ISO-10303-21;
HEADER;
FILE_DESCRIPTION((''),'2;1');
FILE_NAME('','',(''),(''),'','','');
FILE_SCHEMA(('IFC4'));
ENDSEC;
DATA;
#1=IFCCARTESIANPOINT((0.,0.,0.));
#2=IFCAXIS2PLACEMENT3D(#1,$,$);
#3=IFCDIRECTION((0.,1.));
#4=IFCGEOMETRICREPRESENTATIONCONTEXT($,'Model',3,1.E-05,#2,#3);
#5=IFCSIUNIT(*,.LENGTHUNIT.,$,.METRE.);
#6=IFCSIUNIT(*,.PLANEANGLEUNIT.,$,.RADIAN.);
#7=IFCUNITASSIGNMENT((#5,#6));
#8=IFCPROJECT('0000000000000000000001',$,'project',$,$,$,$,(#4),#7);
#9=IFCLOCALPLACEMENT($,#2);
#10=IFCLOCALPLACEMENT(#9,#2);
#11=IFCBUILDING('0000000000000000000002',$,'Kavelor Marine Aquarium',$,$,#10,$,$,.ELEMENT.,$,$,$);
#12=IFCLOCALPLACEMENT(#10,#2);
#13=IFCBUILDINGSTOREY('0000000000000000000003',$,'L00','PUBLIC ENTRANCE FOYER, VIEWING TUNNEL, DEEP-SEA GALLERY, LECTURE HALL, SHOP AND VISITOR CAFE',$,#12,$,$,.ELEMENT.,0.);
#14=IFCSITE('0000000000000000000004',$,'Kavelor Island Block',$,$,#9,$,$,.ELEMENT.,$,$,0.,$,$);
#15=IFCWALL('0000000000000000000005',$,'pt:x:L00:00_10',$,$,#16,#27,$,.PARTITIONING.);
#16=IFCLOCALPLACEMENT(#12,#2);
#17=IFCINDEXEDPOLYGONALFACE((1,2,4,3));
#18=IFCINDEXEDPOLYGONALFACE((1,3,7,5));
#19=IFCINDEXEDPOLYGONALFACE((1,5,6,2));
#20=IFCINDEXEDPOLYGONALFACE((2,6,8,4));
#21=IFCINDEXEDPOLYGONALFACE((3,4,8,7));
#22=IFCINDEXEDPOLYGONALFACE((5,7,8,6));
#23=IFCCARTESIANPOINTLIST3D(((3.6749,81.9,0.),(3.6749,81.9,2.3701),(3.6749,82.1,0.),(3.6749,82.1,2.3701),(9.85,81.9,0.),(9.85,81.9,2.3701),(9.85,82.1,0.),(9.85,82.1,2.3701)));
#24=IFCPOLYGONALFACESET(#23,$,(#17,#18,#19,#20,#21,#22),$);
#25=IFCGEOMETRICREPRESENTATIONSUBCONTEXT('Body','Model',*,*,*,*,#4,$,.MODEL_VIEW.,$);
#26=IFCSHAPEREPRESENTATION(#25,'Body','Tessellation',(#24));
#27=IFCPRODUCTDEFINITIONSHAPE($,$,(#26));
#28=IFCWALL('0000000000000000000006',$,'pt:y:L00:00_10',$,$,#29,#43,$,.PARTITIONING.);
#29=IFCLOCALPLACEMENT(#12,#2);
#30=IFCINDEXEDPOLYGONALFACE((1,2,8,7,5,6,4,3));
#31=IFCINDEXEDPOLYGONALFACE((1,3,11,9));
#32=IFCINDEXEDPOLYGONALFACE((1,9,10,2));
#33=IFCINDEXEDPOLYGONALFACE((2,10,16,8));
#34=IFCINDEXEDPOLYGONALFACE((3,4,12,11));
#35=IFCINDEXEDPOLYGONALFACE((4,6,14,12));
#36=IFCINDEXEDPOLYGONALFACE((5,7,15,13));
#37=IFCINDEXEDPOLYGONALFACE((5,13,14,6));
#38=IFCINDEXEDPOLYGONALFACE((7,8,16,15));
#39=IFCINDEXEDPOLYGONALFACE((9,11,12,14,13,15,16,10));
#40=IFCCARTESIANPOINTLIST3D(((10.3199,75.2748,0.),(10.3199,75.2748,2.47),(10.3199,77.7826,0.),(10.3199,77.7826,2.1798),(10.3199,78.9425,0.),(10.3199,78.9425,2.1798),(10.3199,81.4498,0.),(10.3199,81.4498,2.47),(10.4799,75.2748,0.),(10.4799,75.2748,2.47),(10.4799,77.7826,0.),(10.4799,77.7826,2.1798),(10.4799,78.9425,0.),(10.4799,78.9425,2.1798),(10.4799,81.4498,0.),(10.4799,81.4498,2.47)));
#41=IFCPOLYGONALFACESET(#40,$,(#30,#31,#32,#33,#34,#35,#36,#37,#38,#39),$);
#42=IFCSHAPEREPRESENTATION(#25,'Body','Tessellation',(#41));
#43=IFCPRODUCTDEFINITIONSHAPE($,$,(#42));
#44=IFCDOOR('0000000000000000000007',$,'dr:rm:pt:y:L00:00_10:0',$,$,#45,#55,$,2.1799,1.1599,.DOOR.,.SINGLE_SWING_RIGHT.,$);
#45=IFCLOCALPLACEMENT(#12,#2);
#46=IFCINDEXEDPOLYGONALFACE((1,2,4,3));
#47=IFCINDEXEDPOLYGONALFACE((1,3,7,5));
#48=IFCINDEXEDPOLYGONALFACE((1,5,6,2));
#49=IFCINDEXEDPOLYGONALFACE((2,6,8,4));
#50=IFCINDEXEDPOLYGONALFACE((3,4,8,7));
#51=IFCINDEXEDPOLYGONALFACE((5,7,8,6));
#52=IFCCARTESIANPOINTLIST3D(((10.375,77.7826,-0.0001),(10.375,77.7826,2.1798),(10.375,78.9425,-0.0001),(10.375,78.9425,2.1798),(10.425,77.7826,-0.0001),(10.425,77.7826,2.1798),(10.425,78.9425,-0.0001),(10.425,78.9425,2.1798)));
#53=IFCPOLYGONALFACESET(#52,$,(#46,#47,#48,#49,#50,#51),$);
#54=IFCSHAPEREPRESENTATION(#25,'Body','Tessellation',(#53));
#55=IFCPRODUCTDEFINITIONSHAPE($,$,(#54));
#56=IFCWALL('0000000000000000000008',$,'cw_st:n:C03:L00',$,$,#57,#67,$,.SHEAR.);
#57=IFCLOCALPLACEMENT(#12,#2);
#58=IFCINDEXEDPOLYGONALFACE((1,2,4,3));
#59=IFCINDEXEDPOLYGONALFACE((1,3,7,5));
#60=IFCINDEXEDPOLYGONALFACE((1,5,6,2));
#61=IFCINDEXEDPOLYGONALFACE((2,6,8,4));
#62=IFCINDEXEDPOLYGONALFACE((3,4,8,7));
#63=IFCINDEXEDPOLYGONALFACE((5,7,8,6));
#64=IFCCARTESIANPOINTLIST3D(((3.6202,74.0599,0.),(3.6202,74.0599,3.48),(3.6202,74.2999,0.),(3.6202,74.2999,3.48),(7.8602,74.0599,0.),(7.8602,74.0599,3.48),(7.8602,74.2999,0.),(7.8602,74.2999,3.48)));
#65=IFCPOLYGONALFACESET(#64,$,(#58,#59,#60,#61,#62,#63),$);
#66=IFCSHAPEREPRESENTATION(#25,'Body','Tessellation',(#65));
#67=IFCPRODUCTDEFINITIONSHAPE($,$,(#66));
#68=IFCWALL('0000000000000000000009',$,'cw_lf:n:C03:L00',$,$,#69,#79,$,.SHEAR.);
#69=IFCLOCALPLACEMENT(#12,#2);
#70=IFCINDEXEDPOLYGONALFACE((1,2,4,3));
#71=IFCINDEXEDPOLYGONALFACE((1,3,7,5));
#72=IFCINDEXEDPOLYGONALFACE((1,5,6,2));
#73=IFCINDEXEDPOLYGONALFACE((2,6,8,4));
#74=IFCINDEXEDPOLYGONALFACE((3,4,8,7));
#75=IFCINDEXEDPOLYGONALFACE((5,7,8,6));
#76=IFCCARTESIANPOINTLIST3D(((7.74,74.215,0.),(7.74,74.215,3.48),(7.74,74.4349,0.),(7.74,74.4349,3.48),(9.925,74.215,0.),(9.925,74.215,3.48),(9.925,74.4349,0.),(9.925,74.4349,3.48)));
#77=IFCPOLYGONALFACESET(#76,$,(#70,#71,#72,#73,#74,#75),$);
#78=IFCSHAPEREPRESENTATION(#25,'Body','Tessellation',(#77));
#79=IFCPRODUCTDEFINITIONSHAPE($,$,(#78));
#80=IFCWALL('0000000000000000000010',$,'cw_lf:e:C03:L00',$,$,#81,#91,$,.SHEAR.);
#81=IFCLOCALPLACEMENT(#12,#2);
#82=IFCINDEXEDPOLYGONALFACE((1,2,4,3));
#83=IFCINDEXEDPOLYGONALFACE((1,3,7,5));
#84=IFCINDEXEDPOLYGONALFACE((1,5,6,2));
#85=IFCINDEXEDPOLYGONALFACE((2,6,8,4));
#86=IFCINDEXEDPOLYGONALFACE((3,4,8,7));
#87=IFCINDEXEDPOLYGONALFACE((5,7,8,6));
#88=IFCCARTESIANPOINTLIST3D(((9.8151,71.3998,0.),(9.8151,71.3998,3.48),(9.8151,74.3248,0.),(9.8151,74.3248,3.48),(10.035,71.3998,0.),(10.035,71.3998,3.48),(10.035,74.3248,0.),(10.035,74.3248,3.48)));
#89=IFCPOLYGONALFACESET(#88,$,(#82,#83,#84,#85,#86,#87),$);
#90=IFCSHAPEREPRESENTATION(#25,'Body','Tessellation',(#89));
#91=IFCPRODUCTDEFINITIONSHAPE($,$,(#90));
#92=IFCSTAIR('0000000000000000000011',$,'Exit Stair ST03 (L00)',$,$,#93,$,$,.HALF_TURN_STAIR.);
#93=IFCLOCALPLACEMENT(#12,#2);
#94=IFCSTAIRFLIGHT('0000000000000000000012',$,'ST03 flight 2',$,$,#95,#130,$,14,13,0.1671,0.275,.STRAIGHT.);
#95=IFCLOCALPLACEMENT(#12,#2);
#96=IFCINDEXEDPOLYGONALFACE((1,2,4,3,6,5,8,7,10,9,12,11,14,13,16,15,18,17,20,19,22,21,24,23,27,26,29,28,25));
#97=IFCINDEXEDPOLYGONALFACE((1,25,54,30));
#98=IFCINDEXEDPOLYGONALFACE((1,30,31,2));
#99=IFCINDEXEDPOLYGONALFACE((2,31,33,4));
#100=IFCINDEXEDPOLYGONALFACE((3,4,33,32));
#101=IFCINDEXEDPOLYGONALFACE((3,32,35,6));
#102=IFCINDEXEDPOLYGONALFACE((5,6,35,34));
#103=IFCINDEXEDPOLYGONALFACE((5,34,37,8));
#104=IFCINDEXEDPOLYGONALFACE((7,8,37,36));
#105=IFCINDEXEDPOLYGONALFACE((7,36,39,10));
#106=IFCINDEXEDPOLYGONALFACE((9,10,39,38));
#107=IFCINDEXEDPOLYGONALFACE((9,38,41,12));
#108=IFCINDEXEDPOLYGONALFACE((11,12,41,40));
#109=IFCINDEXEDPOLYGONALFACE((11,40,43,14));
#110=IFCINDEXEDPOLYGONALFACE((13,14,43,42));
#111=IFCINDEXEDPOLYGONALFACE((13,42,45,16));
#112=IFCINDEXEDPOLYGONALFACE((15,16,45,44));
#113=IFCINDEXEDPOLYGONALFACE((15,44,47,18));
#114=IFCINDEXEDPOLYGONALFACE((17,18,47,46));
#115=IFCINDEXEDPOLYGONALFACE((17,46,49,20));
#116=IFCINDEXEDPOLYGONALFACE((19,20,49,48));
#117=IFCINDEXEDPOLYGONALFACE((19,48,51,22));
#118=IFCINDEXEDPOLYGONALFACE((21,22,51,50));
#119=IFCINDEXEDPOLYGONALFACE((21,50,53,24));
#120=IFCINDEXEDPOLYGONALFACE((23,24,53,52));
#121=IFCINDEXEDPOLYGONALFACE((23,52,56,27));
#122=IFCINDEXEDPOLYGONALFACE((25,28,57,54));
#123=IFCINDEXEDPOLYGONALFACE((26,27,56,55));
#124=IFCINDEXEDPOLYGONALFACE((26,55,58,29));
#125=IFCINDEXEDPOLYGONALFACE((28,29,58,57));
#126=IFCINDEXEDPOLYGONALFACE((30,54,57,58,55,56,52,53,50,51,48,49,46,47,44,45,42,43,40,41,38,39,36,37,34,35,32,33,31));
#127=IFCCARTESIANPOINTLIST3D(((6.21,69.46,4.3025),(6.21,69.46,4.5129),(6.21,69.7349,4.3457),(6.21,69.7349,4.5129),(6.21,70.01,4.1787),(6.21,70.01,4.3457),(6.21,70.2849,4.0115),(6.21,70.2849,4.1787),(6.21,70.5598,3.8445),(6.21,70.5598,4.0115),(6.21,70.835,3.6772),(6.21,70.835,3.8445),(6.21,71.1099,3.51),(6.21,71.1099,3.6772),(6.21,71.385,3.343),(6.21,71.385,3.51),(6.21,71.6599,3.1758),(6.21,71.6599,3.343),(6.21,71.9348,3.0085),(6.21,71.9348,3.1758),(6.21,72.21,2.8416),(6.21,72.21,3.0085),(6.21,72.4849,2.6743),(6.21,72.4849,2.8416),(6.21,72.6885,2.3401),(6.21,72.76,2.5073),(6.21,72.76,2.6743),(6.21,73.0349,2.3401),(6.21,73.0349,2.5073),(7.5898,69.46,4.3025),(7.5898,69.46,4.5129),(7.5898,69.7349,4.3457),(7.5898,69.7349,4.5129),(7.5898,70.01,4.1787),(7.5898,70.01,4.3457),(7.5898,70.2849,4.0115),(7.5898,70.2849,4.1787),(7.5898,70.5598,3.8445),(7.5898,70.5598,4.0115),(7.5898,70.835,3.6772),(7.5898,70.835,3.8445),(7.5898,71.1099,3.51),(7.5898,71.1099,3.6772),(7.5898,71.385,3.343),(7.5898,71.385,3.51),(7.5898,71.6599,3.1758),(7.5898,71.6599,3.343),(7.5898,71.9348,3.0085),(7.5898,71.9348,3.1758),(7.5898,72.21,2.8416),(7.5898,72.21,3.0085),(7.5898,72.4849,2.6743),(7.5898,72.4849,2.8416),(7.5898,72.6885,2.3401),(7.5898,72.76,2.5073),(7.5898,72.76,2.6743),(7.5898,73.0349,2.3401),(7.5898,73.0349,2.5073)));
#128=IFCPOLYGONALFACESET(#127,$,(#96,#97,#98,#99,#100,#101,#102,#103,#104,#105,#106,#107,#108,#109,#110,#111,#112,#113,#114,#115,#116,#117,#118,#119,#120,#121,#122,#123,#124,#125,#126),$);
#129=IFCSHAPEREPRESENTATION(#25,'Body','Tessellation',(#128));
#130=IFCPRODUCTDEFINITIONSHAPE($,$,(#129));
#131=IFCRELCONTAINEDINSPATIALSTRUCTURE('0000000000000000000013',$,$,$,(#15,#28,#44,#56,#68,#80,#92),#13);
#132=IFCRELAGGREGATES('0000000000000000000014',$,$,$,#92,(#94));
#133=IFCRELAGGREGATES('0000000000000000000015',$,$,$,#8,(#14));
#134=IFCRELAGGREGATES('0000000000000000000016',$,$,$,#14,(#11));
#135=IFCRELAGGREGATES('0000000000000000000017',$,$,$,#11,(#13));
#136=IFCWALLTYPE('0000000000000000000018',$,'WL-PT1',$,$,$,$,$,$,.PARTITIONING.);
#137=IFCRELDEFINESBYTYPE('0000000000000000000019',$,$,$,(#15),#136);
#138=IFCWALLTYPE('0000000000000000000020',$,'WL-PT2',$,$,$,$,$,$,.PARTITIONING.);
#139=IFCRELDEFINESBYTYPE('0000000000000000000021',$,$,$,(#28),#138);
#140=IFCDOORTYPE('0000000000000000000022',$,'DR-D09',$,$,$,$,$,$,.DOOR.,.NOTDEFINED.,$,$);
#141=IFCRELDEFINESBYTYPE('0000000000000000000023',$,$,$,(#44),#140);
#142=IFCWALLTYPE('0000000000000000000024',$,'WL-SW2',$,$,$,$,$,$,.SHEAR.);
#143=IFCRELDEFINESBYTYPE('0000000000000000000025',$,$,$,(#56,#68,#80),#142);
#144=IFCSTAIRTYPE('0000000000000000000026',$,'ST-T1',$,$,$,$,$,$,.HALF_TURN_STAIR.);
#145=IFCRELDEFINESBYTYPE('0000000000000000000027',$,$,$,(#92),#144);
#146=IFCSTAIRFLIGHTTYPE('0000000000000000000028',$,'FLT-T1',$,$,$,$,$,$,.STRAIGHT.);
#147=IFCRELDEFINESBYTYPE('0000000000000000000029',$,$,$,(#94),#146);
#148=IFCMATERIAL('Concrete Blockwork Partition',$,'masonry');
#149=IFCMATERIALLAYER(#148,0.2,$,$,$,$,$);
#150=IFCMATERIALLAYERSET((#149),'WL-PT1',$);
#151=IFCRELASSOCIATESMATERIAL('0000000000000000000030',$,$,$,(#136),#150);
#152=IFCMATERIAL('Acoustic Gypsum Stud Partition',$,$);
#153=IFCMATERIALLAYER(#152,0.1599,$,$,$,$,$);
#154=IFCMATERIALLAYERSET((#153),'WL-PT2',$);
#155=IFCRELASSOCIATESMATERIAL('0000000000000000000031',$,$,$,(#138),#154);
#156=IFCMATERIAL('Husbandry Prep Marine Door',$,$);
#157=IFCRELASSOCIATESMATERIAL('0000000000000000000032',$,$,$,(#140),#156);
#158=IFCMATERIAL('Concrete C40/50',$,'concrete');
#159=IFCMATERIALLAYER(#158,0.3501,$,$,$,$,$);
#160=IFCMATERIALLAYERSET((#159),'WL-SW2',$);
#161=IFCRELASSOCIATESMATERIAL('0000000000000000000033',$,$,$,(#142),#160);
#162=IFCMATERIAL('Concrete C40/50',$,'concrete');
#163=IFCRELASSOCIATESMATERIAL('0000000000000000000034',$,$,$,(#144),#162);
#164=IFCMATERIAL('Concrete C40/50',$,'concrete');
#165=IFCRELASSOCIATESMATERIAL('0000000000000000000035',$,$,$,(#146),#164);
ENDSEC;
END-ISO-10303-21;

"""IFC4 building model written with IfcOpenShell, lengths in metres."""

from ifc_helpers import new_model, si_unit, direction, frame, frame_2d, origin, place, context, subcontext, project, spatial, polyline, rectangle, outline, extrude, material, layer, layer_set, type_object, element, fill, aggregate, save


model = new_model("IFC4")

# Units and contexts
model_context = context("Model", 3, precision=1e-05, world=origin(), true_north=direction((0.0, 1.0)))
body_context = subcontext(model_context, "Body", "Model", "MODEL_VIEW")
ifc_project = project(units=[si_unit("LENGTHUNIT", "METRE"), si_unit("PLANEANGLEUNIT", "RADIAN")], contexts=[model_context])

# Site, building, storey
site_placement = place(None, origin())
site = spatial("IfcSite", under=ifc_project, at=site_placement, Name="Kavelor Island Block", CompositionType="ELEMENT", RefElevation=0.0)
building_placement = place(site_placement, origin())
building = spatial("IfcBuilding", under=site, at=building_placement, Name="Kavelor Marine Aquarium", CompositionType="ELEMENT")
storey_placement = place(building_placement, origin())
storey = spatial("IfcBuildingStorey", under=building, at=storey_placement, Name="L00", Description="PUBLIC ENTRANCE FOYER, VIEWING TUNNEL, DEEP-SEA GALLERY, LECTURE HALL, SHOP AND VISITOR CAFE", CompositionType="ELEMENT", Elevation=0.0)

# Wall
ifc_material_1 = material(Name="Concrete Blockwork Partition", Category="masonry")
ifc_layer_1 = layer(ifc_material_1, 0.2)
ifc_layer_set_1 = layer_set([ifc_layer_1], Name="WL-PT1")
wall_type_1 = type_object("IfcWallType", Name="WL-PT1", PredefinedType="PARTITIONING", material=ifc_layer_set_1)
for number, where, z_axis, x_axis, name in (
    (1, (3.675, 82.0, 0.0), (0.0, 0.0, 1.0), (1.0, 0.0, 0.0), "pt:x:L00:00_10"),
):
    element("IfcWall", number, at=place(storey_placement, frame(where, z_axis=z_axis, x_axis=x_axis)), inside=storey, type_object=wall_type_1, Name=name, PredefinedType="PARTITIONING", context=body_context, shape_type="SweptSolid", body=[
        extrude(rectangle(XDim=6.175, YDim=0.2, at=frame_2d((3.0874, 0.0))), origin(), (0.0, 0.0, 1.0), 2.3701),
    ])

# Wall, opening, door
ifc_material_2 = material(Name="Acoustic Gypsum Stud Partition")
ifc_layer_2 = layer(ifc_material_2, 0.1599)
ifc_layer_set_2 = layer_set([ifc_layer_2], Name="WL-PT2")
wall_type_2 = type_object("IfcWallType", Name="WL-PT2", PredefinedType="PARTITIONING", material=ifc_layer_set_2)
wall_1_placement = place(storey_placement, frame((10.3999, 75.2749, 0.0), z_axis=(0.0, 0.0, 1.0), x_axis=(0.0, 1.0, 0.0)))
wall_1 = element("IfcWall", 2, at=wall_1_placement, inside=storey, type_object=wall_type_2, Name="pt:y:L00:00_10", PredefinedType="PARTITIONING", context=body_context, shape_type="SweptSolid", body=[
    extrude(rectangle(XDim=6.175, YDim=0.1599, at=frame_2d((3.0874, 0.0))), origin(), (0.0, 0.0, 1.0), 2.47),
])
opening_1_placement = place(wall_1_placement, frame((2.5076, 0.0, 0.0)))
opening_1 = element("IfcOpeningElement", 3, at=opening_1_placement, cuts=wall_1, PredefinedType="OPENING", context=body_context, shape_type="SweptSolid", body=[
    extrude(rectangle(XDim=1.1599, YDim=2.1799, at=frame_2d((0.5801, 1.0898))), frame((0.0, 0.0898, 0.0), z_axis=(0.0, -1.0, 0.0), x_axis=(1.0, 0.0, 0.0)), (0.0, 0.0, 1.0), 0.1799),
])
ifc_material_3 = material(Name="Husbandry Prep Marine Door")
door_type_1 = type_object("IfcDoorType", Name="DR-D09", OperationType="NOTDEFINED", PredefinedType="DOOR", material=ifc_material_3)
door_1_placement = place(opening_1_placement, origin())
door_1 = element("IfcDoor", 4, at=door_1_placement, inside=storey, type_object=door_type_1, Name="dr:rm:pt:y:L00:00_10:0", OperationType="SINGLE_SWING_RIGHT", OverallHeight=2.1799, OverallWidth=1.1599, PredefinedType="DOOR", context=body_context, shape_type="SweptSolid", body=[
    extrude(rectangle(XDim=1.1599, YDim=2.1799, at=frame_2d((0.5801, 1.0898))), frame((0.0, 0.0249, 0.0), z_axis=(0.0, -1.0, 0.0), x_axis=(1.0, 0.0, 0.0)), (0.0, 0.0, 1.0), 0.05),
])
fill(opening_1, door_1)

# Wall
ifc_material_4 = material(Name="Concrete C40/50", Category="concrete")
ifc_layer_3 = layer(ifc_material_4, 0.3501)
ifc_layer_set_3 = layer_set([ifc_layer_3], Name="WL-SW2")
wall_type_3 = type_object("IfcWallType", Name="WL-SW2", PredefinedType="SHEAR", material=ifc_layer_set_3)
wall_2_placement = place(storey_placement, frame((3.6201, 74.1799, 0.0), z_axis=(0.0, 0.0, 1.0), x_axis=(1.0, 0.0, 0.0)))
element("IfcWall", 5, at=wall_2_placement, inside=storey, type_object=wall_type_3, Name="cw_st:n:C03:L00", PredefinedType="SHEAR", context=body_context, shape_type="SweptSolid", body=[
    extrude(rectangle(XDim=4.24, YDim=0.24, at=frame_2d((2.1201, 0.0))), origin(), (0.0, 0.0, 1.0), 3.48),
])

# Walls
wall_3_placement = place(storey_placement, frame((7.74, 74.325, 0.0), z_axis=(0.0, 0.0, 1.0), x_axis=(1.0, 0.0, 0.0)))
element("IfcWall", 6, at=wall_3_placement, inside=storey, type_object=wall_type_3, Name="cw_lf:n:C03:L00", PredefinedType="SHEAR", context=body_context, shape_type="SweptSolid", body=[
    extrude(rectangle(XDim=2.1851, YDim=0.22, at=frame_2d((1.0925, 0.0))), origin(), (0.0, 0.0, 1.0), 3.48),
])
wall_4_placement = place(storey_placement, frame((9.925, 71.3999, 0.0), z_axis=(0.0, 0.0, 1.0), x_axis=(0.0, 1.0, 0.0)))
element("IfcWall", 7, at=wall_4_placement, inside=storey, type_object=wall_type_3, Name="cw_lf:e:C03:L00", PredefinedType="SHEAR", context=body_context, shape_type="SweptSolid", body=[
    extrude(rectangle(XDim=2.925, YDim=0.22, at=frame_2d((1.4624, 0.0))), origin(), (0.0, 0.0, 1.0), 3.48),
])

# Stair, stair flight
ifc_material_5 = material(Name="Concrete C40/50", Category="concrete")
stair_type = type_object("IfcStairType", Name="ST-T1", PredefinedType="HALF_TURN_STAIR", material=ifc_material_5)
stair_placement = place(storey_placement, origin())
stair = element("IfcStair", 8, at=stair_placement, inside=storey, type_object=stair_type, Name="Exit Stair ST03 (L00)", PredefinedType="HALF_TURN_STAIR")
ifc_material_6 = material(Name="Concrete C40/50", Category="concrete")
stair_flight_type = type_object("IfcStairFlightType", Name="FLT-T1", PredefinedType="STRAIGHT", material=ifc_material_6)
stair_flight_placement = place(storey_placement, frame((6.8999, 73.0349, 2.3401), z_axis=(0.0, 0.0, 1.0), x_axis=(0.0, -1.0, 0.0)))
stair_flight = element("IfcStairFlight", 9, at=stair_flight_placement, type_object=stair_flight_type, Name="ST03 flight 2", NumberOfRisers=14, NumberOfTreads=13, PredefinedType="STRAIGHT", RiserHeight=0.1671, TreadLength=0.275, context=body_context, shape_type="SweptSolid", body=[
    extrude(outline(polyline([(0.0, 0.0), (0.0, 0.1672), (0.2749, 0.1672), (0.2749, 0.3342), (0.55, 0.3342), (0.55, 0.5015), (0.825, 0.5015), (0.825, 0.6685), (1.1001, 0.6685), (1.1001, 0.8357), (1.375, 0.8357), (1.375, 1.0029), (1.6499, 1.0029), (1.6499, 1.1699), (1.925, 1.1699), (1.925, 1.3372), (2.2, 1.3372), (2.2, 1.5044), (2.4751, 1.5044), (2.4751, 1.6714), (2.75, 1.6714), (2.75, 1.8386), (3.0249, 1.8386), (3.0249, 2.0056), (3.3, 2.0056), (3.3, 2.1729), (3.575, 2.1729), (3.575, 2.3401), (3.575, 1.9624), (0.3464, 0.0), (0.0, 0.0)])), frame((0.0, 0.6899, 0.0), z_axis=(0.0, -1.0, 0.0), x_axis=(1.0, 0.0, 0.0)), (0.0, 0.0, 1.0), 1.3799),
])
aggregate(stair, [stair_flight])

save(model, "model.ifc")
